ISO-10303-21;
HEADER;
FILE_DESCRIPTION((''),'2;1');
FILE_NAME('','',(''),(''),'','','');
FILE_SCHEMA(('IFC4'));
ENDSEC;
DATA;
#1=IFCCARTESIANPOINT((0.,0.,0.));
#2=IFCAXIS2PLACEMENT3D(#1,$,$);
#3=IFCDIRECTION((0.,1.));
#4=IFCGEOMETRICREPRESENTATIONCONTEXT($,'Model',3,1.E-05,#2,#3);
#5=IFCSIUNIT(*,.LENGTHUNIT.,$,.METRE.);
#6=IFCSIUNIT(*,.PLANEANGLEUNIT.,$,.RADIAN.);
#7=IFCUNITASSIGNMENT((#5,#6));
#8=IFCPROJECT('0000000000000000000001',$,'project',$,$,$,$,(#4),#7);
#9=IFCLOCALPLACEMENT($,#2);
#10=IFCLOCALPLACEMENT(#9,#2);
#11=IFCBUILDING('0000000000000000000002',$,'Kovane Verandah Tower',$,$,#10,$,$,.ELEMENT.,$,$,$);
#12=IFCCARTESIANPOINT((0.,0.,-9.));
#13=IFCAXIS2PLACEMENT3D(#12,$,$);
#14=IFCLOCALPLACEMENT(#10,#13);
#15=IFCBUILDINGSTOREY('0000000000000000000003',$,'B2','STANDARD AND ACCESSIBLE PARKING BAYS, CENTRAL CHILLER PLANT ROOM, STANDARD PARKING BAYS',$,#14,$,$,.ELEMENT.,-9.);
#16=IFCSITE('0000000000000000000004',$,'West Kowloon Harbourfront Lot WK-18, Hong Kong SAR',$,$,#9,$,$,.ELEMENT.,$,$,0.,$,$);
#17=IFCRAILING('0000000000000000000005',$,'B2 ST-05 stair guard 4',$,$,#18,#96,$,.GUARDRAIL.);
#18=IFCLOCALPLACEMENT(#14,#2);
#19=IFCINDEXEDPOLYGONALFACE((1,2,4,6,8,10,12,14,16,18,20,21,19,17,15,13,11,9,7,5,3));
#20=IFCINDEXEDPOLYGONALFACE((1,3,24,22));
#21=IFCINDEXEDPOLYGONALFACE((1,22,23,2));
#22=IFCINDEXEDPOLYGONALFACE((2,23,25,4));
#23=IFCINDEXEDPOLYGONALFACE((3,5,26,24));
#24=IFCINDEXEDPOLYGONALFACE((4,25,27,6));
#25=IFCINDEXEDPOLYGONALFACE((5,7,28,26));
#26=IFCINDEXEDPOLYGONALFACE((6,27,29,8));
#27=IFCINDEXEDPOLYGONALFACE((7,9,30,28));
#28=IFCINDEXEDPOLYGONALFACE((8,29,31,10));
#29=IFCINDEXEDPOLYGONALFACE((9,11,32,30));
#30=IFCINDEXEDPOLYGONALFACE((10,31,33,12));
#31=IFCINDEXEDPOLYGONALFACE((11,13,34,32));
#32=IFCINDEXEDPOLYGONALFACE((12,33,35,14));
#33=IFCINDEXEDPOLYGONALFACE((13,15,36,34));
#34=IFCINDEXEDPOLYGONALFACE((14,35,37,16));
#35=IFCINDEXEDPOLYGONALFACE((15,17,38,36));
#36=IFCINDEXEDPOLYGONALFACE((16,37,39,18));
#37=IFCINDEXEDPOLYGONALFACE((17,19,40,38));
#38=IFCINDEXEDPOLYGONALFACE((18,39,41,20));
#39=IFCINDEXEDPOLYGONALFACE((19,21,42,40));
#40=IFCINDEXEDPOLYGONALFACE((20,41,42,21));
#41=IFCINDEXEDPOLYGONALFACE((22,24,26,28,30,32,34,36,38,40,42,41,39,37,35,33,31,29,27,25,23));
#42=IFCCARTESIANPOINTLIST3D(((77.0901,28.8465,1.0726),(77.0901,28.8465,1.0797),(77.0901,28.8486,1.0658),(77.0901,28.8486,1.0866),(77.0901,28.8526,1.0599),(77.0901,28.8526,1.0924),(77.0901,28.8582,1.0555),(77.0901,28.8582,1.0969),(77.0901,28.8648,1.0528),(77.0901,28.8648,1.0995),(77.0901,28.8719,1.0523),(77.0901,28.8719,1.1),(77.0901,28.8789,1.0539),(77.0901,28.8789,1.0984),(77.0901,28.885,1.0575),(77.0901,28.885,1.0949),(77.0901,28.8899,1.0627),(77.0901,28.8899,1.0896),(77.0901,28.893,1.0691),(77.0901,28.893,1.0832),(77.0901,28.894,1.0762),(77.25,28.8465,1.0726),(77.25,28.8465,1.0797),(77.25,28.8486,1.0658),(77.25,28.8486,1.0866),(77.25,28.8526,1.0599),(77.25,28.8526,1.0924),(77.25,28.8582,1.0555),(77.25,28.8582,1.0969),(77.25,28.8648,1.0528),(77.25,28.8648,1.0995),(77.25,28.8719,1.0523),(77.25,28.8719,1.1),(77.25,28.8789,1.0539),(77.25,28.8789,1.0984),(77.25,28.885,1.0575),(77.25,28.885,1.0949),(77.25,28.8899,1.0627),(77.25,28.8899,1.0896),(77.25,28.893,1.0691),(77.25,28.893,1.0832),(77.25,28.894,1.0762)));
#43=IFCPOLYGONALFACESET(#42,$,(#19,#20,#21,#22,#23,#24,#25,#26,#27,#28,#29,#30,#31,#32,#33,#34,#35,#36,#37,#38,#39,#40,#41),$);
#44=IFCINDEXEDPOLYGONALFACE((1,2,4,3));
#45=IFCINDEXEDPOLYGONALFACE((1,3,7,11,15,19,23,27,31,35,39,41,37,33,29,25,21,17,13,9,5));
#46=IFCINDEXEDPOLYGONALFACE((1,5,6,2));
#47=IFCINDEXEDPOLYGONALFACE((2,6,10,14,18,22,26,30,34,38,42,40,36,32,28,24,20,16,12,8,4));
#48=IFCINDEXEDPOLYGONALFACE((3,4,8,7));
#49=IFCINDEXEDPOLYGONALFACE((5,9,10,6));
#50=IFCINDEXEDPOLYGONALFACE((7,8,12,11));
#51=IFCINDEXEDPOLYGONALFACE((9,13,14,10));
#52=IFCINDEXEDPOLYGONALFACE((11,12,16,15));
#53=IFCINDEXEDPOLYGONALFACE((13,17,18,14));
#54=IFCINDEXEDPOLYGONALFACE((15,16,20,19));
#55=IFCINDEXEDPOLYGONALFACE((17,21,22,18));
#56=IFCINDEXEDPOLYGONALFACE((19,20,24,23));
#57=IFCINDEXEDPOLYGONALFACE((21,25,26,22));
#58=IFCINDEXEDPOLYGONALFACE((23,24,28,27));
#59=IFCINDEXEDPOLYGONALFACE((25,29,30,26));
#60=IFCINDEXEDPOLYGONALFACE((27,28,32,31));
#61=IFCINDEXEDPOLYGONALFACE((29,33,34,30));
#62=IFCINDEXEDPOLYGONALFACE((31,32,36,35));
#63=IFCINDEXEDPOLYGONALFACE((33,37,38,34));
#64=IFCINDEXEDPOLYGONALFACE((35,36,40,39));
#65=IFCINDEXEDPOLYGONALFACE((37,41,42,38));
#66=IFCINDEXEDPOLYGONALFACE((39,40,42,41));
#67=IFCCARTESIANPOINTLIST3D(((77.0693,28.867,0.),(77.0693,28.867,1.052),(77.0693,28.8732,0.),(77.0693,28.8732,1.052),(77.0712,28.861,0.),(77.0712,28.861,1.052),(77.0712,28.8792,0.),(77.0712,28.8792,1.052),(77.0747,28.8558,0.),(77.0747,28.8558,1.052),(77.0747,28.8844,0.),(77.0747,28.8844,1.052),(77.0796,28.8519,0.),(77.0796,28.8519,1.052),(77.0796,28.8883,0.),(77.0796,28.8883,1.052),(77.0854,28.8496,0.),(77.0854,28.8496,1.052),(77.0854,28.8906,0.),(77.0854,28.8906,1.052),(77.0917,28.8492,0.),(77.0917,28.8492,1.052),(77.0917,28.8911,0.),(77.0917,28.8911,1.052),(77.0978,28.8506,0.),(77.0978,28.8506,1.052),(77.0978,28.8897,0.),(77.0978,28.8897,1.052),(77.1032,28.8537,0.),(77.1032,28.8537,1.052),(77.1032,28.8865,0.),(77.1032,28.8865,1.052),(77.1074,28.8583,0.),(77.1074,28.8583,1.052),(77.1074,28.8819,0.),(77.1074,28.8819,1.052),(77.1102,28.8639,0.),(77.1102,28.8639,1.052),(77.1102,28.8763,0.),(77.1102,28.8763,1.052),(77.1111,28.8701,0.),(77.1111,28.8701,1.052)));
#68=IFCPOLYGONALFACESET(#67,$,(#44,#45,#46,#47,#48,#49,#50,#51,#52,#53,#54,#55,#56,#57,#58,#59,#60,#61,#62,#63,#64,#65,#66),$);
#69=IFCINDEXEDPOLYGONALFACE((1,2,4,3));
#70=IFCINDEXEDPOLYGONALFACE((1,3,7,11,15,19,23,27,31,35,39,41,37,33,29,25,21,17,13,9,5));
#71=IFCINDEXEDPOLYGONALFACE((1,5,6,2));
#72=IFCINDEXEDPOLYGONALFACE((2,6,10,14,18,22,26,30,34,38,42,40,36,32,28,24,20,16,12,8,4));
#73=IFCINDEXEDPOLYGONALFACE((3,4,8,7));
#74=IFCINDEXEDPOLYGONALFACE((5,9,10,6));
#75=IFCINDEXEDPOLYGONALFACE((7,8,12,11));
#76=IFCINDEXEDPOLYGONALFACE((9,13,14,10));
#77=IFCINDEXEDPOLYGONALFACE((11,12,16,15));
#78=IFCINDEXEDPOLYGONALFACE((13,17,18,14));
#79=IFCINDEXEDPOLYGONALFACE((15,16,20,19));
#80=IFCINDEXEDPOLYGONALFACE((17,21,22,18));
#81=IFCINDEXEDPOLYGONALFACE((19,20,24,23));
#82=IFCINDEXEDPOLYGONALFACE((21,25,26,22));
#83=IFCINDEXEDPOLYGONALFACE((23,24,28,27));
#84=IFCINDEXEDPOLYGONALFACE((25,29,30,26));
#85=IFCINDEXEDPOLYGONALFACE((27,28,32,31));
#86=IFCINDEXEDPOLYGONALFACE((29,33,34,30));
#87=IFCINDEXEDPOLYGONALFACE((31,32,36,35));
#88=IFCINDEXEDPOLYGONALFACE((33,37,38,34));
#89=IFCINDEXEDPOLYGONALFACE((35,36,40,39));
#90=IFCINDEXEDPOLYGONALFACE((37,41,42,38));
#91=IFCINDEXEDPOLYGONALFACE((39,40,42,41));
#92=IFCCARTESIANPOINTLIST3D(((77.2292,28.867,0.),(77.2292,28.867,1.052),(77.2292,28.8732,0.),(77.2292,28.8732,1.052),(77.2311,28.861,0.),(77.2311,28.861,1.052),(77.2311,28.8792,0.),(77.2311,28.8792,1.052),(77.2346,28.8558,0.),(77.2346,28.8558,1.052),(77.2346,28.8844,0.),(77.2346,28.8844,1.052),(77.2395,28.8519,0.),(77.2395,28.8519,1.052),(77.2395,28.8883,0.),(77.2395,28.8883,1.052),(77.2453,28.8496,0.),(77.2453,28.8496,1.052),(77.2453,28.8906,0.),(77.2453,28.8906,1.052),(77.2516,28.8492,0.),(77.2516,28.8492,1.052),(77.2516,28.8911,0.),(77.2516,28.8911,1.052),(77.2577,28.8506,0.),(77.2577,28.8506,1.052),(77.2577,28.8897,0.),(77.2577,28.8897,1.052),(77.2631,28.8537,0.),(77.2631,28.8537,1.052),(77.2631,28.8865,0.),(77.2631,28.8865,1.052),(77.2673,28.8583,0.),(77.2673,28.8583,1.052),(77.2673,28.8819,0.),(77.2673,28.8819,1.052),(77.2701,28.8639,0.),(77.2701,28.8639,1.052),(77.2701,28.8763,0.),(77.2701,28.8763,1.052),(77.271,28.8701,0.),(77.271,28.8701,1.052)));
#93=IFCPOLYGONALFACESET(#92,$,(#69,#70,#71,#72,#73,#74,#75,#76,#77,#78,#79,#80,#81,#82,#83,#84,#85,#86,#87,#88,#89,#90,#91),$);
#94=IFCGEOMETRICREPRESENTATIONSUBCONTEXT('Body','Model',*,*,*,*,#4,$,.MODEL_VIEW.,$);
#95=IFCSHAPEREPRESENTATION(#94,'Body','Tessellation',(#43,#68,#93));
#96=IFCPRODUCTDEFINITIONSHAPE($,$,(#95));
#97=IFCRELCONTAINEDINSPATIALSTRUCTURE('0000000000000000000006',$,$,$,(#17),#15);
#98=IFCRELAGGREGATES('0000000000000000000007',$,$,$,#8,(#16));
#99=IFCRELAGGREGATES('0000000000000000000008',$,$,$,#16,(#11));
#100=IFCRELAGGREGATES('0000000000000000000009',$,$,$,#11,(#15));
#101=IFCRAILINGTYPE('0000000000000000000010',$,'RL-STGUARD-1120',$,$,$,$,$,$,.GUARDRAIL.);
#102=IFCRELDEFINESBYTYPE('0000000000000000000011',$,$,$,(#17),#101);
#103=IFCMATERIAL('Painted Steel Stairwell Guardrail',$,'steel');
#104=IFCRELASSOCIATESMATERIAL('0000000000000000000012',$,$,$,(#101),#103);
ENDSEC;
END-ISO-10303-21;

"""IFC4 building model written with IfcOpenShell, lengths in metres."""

from ifc_helpers import new_model, si_unit, direction, frame, origin, origin_2d, place, context, subcontext, project, spatial, circle, extrude, material, type_object, element, save


model = new_model("IFC4")

# Units and contexts
model_context = context("Model", 3, precision=1e-05, world=origin(), true_north=direction((0.0, 1.0)))
body_context = subcontext(model_context, "Body", "Model", "MODEL_VIEW")
ifc_project = project(units=[si_unit("LENGTHUNIT", "METRE"), si_unit("PLANEANGLEUNIT", "RADIAN")], contexts=[model_context])

# Site, building, storey
site_placement = place(None, origin())
site = spatial("IfcSite", under=ifc_project, at=site_placement, Name="West Kowloon Harbourfront Lot WK-18, Hong Kong SAR", CompositionType="ELEMENT", RefElevation=0.0)
building_placement = place(site_placement, origin())
building = spatial("IfcBuilding", under=site, at=building_placement, Name="Kovane Verandah Tower", CompositionType="ELEMENT")
storey_placement = place(building_placement, frame((0.0, 0.0, -9.0)))
storey = spatial("IfcBuildingStorey", under=building, at=storey_placement, Name="B2", Description="STANDARD AND ACCESSIBLE PARKING BAYS, CENTRAL CHILLER PLANT ROOM, STANDARD PARKING BAYS", CompositionType="ELEMENT", Elevation=-9.0)

# Railing
ifc_material_1 = material(Name="Painted Steel Stairwell Guardrail", Category="steel")
railing_type_1 = type_object("IfcRailingType", Name="RL-STGUARD-1120", PredefinedType="GUARDRAIL", material=ifc_material_1)
railing_1_placement = place(storey_placement, frame((77.0901, 28.8701, 0.0)))
element("IfcRailing", 1, at=railing_1_placement, inside=storey, type_object=railing_type_1, Name="B2 ST-05 stair guard 4", PredefinedType="GUARDRAIL", context=body_context, shape_type="SweptSolid", body=[
    extrude(circle(Radius=0.0239, at=origin_2d()), frame((0.0, 0.0, 1.0762), z_axis=(1.0, 0.0, 0.0), x_axis=(0.0, 1.0, 0.0)), (0.0, 0.0, 1.0), 0.1599),
    extrude(circle(Radius=0.021, at=origin_2d()), origin(), (0.0, 0.0, 1.0), 1.052),
    extrude(circle(Radius=0.021, at=origin_2d()), frame((0.1599, 0.0, 0.0)), (0.0, 0.0, 1.0), 1.052),
])

save(model, "model.ifc")
